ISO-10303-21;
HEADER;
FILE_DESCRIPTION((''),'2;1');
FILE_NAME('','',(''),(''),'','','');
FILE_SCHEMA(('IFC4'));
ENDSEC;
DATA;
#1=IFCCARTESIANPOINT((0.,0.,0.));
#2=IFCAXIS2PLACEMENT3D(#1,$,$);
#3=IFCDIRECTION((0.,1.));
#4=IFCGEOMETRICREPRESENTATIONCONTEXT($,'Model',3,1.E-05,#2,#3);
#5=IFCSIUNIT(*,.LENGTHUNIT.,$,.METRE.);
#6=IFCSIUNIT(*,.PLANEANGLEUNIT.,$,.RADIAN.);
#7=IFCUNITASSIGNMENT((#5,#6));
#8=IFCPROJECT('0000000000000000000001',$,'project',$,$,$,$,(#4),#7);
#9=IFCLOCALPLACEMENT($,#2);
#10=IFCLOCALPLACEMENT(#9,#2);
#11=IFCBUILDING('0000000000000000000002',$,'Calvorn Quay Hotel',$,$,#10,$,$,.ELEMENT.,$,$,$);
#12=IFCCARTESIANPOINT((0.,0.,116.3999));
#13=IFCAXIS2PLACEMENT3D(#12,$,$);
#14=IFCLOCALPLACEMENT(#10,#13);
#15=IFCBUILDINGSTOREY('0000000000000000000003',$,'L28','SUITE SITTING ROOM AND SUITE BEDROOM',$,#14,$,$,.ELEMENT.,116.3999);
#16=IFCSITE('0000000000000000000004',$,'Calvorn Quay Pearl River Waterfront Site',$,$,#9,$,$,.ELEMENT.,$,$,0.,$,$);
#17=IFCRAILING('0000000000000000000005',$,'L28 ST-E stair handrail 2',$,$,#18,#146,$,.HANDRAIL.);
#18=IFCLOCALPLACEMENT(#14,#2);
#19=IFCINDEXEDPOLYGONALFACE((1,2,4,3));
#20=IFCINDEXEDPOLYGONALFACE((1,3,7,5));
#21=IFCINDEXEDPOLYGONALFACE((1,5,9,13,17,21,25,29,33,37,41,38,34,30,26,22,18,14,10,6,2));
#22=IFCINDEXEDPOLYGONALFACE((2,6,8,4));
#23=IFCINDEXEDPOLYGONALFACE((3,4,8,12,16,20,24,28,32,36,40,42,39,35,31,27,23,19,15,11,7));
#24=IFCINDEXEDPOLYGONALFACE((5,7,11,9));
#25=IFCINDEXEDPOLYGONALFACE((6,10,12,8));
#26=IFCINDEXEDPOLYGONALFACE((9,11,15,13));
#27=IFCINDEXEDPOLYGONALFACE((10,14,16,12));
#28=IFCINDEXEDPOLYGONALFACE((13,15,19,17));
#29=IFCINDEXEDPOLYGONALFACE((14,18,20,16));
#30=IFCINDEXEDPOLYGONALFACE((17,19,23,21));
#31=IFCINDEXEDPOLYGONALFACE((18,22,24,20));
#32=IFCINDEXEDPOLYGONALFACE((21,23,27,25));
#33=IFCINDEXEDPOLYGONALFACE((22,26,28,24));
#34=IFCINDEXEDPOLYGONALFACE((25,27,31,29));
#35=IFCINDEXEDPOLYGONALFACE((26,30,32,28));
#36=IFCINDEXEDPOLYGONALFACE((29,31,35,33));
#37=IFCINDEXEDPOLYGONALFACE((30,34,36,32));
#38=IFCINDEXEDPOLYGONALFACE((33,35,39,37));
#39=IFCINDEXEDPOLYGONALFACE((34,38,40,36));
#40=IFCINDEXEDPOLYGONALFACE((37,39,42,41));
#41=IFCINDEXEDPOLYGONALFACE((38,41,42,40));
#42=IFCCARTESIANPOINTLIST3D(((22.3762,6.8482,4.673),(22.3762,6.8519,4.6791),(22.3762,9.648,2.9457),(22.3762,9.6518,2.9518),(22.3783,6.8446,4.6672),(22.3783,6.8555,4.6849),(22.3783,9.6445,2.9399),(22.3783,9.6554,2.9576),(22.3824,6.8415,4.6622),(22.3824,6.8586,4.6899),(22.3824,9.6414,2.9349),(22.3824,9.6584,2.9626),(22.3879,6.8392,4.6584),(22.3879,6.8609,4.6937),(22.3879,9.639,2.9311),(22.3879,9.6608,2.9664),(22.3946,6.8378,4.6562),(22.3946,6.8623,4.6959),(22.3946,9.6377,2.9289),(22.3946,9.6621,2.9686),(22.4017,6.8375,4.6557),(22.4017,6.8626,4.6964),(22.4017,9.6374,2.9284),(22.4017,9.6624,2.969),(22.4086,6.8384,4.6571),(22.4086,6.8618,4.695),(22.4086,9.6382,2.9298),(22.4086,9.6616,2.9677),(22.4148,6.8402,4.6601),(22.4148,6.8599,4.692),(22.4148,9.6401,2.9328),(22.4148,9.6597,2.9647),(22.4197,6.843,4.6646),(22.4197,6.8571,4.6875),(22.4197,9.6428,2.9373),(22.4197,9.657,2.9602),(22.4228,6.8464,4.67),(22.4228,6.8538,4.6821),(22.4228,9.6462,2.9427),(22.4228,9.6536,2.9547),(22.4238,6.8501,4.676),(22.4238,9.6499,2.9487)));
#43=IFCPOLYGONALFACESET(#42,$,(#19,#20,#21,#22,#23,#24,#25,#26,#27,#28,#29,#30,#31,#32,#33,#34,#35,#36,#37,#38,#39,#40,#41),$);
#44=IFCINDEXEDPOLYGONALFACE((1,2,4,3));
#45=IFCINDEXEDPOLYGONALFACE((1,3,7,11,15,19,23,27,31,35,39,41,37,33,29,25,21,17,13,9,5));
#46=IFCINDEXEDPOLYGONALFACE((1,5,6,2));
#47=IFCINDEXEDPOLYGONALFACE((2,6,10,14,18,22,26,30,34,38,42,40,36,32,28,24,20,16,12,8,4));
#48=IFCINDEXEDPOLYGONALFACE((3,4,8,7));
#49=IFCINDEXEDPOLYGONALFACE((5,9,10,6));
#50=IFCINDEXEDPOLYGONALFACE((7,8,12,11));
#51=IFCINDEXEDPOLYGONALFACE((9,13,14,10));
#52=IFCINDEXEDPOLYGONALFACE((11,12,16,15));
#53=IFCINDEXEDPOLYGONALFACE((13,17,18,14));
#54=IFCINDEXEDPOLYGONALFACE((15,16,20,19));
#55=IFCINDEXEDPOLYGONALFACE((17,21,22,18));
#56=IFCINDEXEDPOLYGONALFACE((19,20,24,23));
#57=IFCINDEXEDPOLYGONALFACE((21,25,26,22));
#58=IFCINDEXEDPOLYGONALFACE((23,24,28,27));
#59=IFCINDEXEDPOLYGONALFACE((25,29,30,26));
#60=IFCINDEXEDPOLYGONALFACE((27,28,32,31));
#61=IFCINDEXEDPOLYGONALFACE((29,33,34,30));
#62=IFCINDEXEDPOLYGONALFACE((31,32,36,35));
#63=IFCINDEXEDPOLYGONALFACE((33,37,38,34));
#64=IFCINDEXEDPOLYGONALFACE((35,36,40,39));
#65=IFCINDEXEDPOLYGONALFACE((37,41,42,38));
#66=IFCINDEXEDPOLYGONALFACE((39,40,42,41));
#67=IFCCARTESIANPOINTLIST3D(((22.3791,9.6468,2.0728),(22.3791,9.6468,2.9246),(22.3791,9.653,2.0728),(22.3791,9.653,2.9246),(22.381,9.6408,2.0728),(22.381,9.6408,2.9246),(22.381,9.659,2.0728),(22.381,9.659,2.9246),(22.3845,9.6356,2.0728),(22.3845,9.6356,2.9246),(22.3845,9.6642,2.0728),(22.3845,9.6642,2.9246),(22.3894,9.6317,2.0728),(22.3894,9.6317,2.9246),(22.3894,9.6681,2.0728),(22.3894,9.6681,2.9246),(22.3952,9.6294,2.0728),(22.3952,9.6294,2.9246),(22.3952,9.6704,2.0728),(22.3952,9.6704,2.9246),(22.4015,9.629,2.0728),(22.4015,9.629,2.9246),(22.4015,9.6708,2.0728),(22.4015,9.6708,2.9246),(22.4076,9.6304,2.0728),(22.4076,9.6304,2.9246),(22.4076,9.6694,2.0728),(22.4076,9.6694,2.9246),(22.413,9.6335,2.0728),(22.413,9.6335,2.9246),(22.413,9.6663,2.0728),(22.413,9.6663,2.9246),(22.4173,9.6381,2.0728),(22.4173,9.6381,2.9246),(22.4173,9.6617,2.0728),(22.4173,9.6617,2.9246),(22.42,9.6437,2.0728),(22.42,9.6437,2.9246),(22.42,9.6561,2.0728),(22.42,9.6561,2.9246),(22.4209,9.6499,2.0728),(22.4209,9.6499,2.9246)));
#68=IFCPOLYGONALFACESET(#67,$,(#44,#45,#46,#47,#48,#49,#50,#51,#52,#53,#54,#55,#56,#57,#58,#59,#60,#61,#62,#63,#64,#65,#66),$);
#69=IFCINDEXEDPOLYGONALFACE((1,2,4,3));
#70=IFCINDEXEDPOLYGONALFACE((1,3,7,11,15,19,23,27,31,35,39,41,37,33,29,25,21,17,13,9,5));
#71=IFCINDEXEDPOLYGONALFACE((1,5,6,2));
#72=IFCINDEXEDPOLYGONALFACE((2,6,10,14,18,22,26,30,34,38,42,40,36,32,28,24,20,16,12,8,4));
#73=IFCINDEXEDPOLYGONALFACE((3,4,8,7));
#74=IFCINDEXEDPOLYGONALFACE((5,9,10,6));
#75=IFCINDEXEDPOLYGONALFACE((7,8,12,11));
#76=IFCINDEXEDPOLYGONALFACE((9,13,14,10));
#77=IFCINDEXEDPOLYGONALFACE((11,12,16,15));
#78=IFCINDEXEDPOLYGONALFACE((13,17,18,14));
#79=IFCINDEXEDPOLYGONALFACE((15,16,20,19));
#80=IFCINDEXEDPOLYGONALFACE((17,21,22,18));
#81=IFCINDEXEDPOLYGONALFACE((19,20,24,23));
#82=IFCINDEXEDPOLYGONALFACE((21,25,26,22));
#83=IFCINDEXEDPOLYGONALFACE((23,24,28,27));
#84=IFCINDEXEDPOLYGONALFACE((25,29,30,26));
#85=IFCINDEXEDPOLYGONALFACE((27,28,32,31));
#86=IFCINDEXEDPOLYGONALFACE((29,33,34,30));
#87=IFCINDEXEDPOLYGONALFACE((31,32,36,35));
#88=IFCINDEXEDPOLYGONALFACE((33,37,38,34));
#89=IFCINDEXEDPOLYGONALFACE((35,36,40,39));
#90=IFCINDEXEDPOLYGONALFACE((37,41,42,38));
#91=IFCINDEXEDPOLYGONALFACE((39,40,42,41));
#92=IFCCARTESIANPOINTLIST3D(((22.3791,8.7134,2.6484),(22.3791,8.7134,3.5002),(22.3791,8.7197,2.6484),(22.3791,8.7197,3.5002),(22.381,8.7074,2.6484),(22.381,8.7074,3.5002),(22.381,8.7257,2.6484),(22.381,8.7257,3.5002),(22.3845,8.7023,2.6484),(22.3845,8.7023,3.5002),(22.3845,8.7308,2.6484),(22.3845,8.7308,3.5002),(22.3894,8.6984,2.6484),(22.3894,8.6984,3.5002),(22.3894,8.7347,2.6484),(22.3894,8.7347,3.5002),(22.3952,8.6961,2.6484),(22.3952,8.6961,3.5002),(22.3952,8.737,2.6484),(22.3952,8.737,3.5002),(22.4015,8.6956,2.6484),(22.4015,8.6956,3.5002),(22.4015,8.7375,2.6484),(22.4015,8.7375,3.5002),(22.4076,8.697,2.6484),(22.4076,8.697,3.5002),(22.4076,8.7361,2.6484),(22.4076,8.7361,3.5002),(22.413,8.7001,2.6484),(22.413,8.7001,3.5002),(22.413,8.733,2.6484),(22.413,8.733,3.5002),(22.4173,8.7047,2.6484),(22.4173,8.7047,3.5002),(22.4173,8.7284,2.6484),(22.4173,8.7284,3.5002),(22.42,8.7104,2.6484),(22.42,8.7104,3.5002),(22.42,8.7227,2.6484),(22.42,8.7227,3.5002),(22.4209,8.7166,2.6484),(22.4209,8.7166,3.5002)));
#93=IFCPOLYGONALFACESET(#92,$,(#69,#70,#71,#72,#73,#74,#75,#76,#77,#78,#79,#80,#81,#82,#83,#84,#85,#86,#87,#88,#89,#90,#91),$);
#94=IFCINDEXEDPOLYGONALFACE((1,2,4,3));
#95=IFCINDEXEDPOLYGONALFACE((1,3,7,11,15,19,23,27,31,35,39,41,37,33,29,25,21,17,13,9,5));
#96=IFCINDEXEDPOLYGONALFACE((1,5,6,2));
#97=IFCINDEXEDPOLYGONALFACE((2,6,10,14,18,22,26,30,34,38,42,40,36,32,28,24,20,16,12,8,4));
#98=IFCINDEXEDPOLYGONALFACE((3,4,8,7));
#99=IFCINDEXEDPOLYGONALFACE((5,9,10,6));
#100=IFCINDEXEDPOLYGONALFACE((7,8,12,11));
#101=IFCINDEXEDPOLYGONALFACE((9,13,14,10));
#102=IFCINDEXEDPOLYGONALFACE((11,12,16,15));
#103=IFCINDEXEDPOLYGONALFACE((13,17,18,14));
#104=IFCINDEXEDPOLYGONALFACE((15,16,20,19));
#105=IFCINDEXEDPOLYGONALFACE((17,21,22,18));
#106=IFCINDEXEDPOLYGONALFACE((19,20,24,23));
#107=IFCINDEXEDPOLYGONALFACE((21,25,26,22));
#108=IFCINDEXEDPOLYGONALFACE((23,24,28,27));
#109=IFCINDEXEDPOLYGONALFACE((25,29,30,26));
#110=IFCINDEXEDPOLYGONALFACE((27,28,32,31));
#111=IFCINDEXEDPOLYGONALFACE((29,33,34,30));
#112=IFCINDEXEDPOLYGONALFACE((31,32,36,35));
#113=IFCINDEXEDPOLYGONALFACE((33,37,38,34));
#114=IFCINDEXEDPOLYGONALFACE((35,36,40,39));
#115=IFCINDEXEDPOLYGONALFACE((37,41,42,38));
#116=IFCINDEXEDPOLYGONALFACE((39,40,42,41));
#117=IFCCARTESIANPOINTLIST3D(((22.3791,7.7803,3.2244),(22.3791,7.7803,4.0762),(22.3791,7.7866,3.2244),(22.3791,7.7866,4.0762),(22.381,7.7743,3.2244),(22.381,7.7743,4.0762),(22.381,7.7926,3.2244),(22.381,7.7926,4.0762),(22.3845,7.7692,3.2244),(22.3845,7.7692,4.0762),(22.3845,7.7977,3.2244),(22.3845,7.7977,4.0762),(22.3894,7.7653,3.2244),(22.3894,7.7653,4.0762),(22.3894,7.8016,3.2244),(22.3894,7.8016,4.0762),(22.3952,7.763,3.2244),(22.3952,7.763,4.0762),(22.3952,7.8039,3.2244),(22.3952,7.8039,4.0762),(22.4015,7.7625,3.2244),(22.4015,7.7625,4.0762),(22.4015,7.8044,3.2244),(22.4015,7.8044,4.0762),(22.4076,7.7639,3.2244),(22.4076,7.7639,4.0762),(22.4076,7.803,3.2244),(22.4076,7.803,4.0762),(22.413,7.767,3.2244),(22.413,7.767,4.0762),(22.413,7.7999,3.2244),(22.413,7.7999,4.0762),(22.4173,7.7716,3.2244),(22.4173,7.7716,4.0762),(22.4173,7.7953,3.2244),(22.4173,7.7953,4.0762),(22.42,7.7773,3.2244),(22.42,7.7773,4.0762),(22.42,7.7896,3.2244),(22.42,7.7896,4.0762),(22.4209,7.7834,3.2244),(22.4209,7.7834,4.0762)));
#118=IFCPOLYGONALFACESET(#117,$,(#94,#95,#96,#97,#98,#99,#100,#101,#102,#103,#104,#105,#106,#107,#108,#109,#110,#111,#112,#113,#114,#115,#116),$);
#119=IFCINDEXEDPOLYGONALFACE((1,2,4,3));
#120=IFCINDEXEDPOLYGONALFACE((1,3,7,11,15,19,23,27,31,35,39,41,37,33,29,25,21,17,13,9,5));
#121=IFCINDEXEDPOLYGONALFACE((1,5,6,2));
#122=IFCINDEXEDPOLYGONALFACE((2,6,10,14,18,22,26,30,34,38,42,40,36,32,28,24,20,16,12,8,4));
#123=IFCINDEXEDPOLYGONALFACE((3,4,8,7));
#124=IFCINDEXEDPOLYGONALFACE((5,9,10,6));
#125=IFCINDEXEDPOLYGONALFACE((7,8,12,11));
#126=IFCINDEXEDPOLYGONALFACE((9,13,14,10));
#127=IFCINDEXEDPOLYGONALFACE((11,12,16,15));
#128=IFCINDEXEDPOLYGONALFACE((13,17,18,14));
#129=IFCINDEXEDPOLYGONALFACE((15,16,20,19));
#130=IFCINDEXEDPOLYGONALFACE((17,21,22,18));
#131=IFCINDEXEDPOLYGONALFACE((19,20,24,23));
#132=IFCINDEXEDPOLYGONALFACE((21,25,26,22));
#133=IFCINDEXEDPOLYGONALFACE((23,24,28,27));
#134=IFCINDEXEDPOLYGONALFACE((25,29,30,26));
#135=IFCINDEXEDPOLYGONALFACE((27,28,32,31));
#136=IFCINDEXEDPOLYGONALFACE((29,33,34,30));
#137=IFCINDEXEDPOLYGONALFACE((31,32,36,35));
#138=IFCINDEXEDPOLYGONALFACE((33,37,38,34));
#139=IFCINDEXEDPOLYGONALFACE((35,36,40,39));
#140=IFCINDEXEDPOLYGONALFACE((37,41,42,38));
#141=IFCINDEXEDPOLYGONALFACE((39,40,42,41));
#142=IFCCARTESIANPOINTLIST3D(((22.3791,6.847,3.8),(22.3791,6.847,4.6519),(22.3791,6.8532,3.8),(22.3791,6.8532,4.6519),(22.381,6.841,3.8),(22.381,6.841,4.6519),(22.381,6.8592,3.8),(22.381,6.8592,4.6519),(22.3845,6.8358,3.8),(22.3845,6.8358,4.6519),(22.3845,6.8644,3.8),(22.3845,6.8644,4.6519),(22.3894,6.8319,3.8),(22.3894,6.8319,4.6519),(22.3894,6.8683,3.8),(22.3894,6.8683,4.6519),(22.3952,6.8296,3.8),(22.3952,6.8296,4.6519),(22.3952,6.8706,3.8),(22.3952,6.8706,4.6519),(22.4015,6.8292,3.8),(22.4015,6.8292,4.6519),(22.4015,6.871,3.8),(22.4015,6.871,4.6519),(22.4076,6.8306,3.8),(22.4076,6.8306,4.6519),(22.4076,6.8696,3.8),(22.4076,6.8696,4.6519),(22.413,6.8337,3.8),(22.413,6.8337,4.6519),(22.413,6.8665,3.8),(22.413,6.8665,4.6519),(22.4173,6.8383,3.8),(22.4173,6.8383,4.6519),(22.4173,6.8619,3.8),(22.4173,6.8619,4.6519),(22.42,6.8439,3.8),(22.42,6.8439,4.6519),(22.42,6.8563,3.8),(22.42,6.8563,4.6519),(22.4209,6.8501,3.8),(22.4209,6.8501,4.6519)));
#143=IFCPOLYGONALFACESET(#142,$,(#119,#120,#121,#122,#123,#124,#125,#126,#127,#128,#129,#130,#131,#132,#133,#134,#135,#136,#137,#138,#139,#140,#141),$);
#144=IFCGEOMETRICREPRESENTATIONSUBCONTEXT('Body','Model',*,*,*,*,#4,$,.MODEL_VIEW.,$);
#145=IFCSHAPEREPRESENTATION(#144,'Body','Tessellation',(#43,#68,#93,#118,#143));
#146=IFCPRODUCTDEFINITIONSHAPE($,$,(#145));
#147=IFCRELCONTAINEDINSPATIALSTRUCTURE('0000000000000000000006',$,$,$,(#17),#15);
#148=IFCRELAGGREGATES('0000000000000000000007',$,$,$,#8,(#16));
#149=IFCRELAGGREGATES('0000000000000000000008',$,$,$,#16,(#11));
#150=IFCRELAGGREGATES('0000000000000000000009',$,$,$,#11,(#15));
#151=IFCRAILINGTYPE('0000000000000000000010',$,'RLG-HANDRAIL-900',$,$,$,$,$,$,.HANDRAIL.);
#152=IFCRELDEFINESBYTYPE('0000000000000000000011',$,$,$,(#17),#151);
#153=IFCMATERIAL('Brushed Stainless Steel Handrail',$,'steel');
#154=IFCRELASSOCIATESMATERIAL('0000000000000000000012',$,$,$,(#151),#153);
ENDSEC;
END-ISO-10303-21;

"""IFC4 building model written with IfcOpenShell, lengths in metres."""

from ifc_helpers import new_model, si_unit, direction, frame, origin, origin_2d, place, context, subcontext, project, spatial, circle, extrude, material, type_object, element, save


model = new_model("IFC4")

# Units and contexts
model_context = context("Model", 3, precision=1e-05, world=origin(), true_north=direction((0.0, 1.0)))
body_context = subcontext(model_context, "Body", "Model", "MODEL_VIEW")
ifc_project = project(units=[si_unit("LENGTHUNIT", "METRE"), si_unit("PLANEANGLEUNIT", "RADIAN")], contexts=[model_context])

# Site, building, storey
site_placement = place(None, origin())
site = spatial("IfcSite", under=ifc_project, at=site_placement, Name="Calvorn Quay Pearl River Waterfront Site", CompositionType="ELEMENT", RefElevation=0.0)
building_placement = place(site_placement, origin())
building = spatial("IfcBuilding", under=site, at=building_placement, Name="Calvorn Quay Hotel", CompositionType="ELEMENT")
storey_placement = place(building_placement, frame((0.0, 0.0, 116.3999)))
storey = spatial("IfcBuildingStorey", under=building, at=storey_placement, Name="L28", Description="SUITE SITTING ROOM AND SUITE BEDROOM", CompositionType="ELEMENT", Elevation=116.3999)

# Railing
ifc_material_1 = material(Name="Brushed Stainless Steel Handrail", Category="steel")
railing_type_1 = type_object("IfcRailingType", Name="RLG-HANDRAIL-900", PredefinedType="HANDRAIL", material=ifc_material_1)
railing_1_placement = place(storey_placement, frame((22.3999, 9.6499, 2.0728)))
element("IfcRailing", 1, at=railing_1_placement, inside=storey, type_object=railing_type_1, Name="L28 ST-E stair handrail 2", PredefinedType="HANDRAIL", context=body_context, shape_type="SweptSolid", body=[
    extrude(circle(Radius=0.0239, at=origin_2d()), frame((0.0, 0.0, 0.876), z_axis=(0.0, -0.851069, 0.525054), x_axis=(1.0, 0.0, 0.0)), (0.0, 0.0, 1.0), 3.2898),
    extrude(circle(Radius=0.021, at=origin_2d()), origin(), (0.0, 0.0, 1.0), 0.8518),
    extrude(circle(Radius=0.021, at=origin_2d()), frame((0.0, -0.9333, 0.5757)), (0.0, 0.0, 1.0), 0.8518),
    extrude(circle(Radius=0.021, at=origin_2d()), frame((0.0, -1.8665, 1.1516)), (0.0, 0.0, 1.0), 0.8518),
    extrude(circle(Radius=0.021, at=origin_2d()), frame((0.0, -2.7998, 1.7273)), (0.0, 0.0, 1.0), 0.8518),
])

save(model, "model.ifc")
